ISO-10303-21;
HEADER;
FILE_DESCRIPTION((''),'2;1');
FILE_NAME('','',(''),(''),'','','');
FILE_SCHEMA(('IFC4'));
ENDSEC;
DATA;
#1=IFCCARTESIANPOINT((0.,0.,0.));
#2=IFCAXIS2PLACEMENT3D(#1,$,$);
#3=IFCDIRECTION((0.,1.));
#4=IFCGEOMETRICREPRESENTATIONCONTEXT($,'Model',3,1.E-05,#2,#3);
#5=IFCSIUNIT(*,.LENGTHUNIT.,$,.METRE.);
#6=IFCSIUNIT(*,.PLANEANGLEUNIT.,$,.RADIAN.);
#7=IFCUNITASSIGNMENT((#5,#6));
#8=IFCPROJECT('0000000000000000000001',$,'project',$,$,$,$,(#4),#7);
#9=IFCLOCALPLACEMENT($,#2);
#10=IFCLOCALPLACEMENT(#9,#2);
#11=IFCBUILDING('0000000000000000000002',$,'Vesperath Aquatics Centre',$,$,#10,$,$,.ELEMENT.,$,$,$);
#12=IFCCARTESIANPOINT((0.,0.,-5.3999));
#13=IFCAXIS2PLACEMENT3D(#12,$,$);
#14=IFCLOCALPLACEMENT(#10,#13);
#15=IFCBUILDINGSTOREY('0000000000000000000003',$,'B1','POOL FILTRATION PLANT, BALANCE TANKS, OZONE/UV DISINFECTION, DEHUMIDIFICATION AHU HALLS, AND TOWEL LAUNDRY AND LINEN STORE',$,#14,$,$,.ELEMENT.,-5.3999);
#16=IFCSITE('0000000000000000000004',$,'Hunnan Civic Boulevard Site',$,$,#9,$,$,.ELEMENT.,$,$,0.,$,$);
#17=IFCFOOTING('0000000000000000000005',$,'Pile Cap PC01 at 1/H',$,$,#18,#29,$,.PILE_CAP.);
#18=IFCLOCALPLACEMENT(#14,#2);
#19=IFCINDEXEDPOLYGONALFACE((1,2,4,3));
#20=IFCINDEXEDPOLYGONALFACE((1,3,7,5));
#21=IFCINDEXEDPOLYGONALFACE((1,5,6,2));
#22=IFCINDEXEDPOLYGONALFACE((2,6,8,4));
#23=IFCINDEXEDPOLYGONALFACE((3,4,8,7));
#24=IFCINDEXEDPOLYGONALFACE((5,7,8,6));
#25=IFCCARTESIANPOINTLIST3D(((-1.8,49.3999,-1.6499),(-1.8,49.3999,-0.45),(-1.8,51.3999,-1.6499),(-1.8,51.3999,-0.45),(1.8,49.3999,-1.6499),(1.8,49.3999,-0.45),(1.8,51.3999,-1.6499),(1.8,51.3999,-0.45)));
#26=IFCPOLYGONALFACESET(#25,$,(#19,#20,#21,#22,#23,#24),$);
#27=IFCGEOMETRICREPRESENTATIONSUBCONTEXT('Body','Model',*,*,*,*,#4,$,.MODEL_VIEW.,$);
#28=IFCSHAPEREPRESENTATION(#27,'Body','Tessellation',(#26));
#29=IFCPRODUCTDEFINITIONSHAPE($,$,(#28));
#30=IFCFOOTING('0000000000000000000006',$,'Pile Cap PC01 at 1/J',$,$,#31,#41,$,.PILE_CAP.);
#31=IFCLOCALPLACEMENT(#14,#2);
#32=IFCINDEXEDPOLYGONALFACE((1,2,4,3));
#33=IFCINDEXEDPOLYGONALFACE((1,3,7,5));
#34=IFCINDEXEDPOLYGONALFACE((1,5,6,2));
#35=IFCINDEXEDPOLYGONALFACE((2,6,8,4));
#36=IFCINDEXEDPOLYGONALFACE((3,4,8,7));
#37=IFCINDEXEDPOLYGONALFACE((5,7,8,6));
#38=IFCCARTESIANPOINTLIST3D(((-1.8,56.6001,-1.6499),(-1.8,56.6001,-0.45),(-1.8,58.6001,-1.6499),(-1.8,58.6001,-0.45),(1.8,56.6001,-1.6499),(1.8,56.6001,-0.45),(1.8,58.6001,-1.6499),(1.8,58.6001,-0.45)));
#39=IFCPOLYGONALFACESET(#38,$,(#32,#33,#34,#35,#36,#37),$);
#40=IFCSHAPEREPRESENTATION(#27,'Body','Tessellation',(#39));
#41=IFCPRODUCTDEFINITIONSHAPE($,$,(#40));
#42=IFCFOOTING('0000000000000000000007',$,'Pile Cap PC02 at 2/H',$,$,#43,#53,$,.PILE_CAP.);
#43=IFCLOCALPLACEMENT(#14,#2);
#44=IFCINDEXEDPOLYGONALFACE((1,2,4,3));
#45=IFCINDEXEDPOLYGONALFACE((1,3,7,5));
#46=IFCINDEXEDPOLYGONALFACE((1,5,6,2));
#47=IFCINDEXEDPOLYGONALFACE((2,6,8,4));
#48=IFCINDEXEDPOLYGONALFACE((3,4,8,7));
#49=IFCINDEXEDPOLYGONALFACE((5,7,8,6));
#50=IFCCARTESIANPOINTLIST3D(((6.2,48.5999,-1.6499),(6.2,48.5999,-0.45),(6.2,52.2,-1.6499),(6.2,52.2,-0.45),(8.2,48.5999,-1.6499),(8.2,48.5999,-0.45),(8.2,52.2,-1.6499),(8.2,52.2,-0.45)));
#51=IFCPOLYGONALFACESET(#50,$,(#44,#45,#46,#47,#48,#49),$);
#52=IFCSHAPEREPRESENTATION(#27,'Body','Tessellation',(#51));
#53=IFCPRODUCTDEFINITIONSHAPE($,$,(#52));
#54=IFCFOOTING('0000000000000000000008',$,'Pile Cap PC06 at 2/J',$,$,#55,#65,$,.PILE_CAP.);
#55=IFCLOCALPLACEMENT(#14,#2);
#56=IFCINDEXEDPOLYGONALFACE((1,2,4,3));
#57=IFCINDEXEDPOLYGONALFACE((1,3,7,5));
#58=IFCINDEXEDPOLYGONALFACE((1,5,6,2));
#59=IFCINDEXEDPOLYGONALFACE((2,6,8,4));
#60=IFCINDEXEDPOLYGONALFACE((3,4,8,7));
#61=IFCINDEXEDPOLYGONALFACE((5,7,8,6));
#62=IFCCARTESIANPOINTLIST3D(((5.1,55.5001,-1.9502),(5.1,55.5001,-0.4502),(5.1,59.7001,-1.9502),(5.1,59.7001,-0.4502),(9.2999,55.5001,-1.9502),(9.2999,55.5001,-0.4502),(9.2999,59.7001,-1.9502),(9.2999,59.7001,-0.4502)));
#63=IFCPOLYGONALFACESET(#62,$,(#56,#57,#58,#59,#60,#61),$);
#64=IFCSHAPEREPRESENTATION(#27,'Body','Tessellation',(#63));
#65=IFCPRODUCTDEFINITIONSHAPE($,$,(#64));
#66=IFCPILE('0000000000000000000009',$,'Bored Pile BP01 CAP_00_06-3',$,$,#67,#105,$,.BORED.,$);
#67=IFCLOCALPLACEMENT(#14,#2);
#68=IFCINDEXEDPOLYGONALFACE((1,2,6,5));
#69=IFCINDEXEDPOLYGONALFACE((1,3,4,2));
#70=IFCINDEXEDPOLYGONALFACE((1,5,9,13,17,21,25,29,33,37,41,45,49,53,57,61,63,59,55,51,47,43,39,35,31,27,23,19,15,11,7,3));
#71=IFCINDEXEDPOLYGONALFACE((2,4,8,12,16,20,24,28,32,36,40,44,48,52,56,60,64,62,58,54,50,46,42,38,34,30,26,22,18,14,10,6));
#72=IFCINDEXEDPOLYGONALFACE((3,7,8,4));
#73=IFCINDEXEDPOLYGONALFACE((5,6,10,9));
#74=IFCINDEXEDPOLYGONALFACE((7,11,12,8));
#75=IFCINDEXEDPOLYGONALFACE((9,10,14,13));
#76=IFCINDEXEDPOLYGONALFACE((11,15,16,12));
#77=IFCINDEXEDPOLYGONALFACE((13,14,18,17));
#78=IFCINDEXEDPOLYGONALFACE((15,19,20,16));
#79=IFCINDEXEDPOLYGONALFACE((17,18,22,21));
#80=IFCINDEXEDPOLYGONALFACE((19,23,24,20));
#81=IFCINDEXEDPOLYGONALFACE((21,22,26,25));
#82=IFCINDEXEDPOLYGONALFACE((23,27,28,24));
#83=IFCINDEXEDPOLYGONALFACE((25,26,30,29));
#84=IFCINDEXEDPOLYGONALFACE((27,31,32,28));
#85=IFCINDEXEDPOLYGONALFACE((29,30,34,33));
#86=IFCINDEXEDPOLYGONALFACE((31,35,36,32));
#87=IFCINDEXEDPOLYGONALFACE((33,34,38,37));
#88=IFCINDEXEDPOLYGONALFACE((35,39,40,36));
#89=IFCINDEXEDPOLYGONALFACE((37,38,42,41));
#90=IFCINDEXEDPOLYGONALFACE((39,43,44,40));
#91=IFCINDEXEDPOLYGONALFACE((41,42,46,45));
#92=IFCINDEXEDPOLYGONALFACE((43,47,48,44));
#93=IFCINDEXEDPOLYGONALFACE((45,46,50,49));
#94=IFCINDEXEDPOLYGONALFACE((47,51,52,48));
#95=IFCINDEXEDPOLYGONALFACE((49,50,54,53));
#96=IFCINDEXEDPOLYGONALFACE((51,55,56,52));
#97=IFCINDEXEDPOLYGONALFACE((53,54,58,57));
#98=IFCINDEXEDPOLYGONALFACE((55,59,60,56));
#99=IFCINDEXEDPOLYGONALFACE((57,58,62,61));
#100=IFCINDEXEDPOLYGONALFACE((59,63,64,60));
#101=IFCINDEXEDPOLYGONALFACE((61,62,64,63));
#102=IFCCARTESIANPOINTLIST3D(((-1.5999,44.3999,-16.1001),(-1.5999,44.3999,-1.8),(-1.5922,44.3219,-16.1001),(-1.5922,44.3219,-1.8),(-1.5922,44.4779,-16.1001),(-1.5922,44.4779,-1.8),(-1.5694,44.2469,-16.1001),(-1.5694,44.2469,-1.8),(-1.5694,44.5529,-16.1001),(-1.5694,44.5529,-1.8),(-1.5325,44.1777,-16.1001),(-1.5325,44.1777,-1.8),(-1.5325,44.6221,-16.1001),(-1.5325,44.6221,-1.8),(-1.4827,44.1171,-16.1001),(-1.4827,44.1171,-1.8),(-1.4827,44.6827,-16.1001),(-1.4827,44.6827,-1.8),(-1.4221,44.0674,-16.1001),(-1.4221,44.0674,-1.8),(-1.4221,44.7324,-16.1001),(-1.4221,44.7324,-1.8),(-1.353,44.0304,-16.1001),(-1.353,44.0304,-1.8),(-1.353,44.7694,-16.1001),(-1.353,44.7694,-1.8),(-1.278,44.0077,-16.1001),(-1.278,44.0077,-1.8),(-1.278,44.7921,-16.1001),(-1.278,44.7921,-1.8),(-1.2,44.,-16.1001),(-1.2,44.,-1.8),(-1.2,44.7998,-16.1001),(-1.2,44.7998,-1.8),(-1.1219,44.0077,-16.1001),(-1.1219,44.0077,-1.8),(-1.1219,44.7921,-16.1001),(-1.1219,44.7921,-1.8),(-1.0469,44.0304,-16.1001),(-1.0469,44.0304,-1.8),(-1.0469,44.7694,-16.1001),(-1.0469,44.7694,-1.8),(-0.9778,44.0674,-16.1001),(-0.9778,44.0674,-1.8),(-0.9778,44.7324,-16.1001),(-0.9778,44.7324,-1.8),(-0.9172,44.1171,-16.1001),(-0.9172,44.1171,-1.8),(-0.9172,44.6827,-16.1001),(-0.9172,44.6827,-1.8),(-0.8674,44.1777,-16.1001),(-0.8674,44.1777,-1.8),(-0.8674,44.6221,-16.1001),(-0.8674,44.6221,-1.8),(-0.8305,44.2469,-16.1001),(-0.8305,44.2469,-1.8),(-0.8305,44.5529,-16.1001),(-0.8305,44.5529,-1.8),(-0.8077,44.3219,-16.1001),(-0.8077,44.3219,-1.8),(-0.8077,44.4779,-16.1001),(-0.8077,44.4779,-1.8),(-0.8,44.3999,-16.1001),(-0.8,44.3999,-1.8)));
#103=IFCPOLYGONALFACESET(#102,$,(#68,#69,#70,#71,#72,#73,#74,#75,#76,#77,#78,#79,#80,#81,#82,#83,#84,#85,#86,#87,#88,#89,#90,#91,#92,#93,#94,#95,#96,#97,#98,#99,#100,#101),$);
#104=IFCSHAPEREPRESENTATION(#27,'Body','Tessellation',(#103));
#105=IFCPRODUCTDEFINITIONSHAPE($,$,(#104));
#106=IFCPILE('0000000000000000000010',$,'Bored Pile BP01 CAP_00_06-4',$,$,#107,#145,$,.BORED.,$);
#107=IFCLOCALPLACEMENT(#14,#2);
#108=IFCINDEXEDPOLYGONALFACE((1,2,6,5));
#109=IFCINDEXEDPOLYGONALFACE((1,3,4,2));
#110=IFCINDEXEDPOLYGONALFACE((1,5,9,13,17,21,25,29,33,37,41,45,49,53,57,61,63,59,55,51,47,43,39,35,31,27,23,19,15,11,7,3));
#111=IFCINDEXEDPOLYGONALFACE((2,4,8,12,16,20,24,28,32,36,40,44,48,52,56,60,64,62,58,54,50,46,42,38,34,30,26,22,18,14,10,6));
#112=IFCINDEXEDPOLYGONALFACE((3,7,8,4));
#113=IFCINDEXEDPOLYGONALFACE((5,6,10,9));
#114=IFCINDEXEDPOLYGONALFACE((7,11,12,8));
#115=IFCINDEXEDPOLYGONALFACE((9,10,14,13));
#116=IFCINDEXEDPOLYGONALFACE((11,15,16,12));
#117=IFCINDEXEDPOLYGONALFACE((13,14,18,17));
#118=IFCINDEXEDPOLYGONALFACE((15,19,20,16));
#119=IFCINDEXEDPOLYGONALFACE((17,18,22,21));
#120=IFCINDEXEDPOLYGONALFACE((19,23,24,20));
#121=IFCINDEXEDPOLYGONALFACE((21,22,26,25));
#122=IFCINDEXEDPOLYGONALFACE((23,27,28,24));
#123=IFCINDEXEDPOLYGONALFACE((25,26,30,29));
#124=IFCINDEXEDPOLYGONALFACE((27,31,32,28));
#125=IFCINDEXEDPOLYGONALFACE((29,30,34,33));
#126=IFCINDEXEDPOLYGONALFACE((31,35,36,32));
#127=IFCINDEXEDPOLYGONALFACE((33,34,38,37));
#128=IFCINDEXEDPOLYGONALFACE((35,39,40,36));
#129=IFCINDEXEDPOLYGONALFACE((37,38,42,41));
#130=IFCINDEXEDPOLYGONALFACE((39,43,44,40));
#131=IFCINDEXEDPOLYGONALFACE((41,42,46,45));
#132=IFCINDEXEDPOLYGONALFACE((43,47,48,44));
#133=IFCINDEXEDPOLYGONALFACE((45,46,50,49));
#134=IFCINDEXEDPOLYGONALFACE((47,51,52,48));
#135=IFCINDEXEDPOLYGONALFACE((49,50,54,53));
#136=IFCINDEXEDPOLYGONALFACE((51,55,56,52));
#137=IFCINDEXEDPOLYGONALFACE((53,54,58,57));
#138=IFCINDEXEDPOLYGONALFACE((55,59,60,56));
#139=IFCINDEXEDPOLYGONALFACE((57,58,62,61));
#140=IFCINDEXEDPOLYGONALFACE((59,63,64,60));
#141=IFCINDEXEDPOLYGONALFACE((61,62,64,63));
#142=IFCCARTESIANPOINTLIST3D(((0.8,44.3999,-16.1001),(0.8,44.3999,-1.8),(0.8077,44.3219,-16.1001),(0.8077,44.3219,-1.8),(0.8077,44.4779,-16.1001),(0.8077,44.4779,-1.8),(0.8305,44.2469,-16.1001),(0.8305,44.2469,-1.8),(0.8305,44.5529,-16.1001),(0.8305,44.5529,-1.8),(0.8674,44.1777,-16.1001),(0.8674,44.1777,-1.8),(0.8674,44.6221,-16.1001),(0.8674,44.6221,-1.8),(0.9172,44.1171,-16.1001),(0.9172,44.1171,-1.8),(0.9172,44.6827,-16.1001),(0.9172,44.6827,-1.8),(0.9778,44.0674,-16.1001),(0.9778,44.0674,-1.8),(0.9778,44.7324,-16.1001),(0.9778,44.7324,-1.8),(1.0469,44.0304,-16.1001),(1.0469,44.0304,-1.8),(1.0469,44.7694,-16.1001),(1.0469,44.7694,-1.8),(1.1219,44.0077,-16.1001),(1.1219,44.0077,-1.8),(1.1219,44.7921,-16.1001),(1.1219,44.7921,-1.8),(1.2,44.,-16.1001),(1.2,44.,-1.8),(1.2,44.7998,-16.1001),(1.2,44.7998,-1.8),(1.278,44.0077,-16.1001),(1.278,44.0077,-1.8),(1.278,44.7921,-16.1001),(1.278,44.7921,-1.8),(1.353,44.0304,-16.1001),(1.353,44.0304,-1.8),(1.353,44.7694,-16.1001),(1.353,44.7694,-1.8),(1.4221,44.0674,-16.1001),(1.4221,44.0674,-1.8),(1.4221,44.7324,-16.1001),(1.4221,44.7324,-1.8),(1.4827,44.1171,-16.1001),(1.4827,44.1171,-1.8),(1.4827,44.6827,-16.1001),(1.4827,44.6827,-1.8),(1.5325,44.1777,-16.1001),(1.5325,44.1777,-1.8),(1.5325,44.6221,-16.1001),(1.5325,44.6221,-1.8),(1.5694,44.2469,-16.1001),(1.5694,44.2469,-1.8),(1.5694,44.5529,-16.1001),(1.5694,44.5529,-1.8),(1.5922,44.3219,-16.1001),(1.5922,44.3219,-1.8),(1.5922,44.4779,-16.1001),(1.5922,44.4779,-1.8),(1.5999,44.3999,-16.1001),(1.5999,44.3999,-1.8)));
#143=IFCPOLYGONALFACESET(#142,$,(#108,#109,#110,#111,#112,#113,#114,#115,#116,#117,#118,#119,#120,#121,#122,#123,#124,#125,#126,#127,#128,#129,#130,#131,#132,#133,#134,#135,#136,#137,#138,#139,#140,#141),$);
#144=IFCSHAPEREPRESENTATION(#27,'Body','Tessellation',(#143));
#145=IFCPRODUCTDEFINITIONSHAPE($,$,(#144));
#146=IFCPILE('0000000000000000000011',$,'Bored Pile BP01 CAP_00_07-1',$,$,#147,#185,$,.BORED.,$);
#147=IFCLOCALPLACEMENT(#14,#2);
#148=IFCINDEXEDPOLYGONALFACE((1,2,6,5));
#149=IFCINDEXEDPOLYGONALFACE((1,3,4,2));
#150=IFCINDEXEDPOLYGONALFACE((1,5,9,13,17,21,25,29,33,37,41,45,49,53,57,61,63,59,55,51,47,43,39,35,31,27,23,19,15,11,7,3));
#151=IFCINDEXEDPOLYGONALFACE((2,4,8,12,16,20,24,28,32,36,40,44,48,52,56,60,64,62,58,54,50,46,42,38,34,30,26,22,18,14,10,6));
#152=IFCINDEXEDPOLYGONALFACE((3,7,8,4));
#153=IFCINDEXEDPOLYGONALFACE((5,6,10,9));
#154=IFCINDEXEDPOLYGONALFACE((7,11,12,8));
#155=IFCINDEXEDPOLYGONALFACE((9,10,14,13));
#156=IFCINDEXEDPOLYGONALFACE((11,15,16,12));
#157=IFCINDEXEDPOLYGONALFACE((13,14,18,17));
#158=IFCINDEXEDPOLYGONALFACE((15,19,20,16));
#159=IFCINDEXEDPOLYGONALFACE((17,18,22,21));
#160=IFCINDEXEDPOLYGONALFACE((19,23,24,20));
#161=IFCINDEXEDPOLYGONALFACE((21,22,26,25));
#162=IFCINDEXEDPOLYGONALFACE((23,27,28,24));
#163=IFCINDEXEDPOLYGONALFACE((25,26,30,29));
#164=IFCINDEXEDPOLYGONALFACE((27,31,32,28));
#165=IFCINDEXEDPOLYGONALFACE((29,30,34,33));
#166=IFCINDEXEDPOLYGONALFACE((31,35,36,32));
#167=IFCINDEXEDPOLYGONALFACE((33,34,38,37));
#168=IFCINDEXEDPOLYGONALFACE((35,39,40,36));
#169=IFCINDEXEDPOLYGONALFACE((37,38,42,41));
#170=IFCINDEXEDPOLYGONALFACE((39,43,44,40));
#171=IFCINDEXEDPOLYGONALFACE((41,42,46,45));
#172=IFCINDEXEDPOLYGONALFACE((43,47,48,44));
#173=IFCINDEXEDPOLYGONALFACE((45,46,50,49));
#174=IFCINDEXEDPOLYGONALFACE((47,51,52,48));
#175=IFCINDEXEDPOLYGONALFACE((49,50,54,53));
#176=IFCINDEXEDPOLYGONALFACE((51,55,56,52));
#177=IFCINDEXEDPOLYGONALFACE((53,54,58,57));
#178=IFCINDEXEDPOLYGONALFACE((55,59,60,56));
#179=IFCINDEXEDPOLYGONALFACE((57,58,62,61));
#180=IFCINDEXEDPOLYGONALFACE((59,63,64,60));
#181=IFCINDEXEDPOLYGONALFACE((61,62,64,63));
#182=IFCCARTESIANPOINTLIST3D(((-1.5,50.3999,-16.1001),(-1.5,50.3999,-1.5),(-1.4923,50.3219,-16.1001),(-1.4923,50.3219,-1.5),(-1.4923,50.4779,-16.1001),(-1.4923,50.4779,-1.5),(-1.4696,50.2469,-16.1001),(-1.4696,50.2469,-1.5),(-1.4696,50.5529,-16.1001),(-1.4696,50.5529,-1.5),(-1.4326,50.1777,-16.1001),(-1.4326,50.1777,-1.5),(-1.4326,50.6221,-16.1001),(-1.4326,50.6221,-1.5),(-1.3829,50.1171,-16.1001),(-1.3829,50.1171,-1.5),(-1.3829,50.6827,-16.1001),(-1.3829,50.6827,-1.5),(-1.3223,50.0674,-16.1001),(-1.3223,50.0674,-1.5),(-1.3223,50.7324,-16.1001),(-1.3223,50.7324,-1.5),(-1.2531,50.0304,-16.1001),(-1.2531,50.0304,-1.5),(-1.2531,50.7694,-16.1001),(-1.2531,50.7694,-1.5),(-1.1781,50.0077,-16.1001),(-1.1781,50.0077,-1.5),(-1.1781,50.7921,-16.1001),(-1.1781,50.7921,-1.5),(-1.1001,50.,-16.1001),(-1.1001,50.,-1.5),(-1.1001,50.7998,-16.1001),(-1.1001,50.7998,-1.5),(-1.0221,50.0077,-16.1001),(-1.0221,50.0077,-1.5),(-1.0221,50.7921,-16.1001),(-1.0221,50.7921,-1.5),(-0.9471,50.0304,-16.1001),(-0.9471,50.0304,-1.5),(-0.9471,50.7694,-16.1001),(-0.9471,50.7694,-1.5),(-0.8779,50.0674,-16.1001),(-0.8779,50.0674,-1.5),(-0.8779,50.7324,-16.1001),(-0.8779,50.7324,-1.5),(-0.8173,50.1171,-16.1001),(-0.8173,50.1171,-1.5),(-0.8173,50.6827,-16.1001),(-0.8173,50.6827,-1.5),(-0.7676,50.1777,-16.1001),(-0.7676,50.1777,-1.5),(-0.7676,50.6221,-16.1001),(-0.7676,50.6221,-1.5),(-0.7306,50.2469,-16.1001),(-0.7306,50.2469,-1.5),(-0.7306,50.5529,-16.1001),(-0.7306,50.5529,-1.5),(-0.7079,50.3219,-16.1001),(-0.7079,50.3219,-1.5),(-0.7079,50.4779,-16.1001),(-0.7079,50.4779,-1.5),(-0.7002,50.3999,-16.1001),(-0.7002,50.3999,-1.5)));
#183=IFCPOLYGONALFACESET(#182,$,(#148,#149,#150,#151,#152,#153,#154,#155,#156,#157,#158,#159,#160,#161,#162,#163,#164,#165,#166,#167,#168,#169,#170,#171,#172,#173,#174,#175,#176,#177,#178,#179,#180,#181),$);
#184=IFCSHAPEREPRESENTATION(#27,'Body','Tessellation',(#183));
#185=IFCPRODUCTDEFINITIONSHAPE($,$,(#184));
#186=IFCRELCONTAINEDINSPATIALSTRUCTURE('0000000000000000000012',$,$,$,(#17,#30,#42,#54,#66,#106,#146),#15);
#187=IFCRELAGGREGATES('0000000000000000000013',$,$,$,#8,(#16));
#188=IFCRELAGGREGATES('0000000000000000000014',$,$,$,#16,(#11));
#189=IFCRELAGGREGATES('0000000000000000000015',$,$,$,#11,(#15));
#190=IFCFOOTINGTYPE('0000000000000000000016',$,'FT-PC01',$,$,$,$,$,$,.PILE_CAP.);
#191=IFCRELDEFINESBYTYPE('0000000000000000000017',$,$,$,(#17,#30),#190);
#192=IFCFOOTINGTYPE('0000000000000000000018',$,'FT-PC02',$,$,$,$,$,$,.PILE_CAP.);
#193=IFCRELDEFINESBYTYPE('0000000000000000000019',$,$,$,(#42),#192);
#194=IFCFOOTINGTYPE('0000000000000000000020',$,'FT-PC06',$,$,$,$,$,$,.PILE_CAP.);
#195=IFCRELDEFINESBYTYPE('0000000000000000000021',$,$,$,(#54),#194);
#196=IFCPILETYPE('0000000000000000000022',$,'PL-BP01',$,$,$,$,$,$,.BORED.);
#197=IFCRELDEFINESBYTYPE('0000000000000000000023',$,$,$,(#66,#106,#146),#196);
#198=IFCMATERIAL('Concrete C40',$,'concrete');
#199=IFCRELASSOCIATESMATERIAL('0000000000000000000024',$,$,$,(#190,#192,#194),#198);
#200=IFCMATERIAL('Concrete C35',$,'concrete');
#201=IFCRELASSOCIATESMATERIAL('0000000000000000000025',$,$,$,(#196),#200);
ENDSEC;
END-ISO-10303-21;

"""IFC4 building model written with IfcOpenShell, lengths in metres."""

from ifc_helpers import new_model, si_unit, direction, frame, origin, origin_2d, place, context, subcontext, project, spatial, rectangle, circle, extrude, material, material_profile, profile_set, type_object, element, save


model = new_model("IFC4")

# Units and contexts
model_context = context("Model", 3, precision=1e-05, world=origin(), true_north=direction((0.0, 1.0)))
body_context = subcontext(model_context, "Body", "Model", "MODEL_VIEW")
ifc_project = project(units=[si_unit("LENGTHUNIT", "METRE"), si_unit("PLANEANGLEUNIT", "RADIAN")], contexts=[model_context])

# Site, building, storey
site_placement = place(None, origin())
site = spatial("IfcSite", under=ifc_project, at=site_placement, Name="Hunnan Civic Boulevard Site", CompositionType="ELEMENT", RefElevation=0.0)
building_placement = place(site_placement, origin())
building = spatial("IfcBuilding", under=site, at=building_placement, Name="Vesperath Aquatics Centre", CompositionType="ELEMENT")
storey_placement = place(building_placement, frame((0.0, 0.0, -5.3999)))
storey = spatial("IfcBuildingStorey", under=building, at=storey_placement, Name="B1", Description="POOL FILTRATION PLANT, BALANCE TANKS, OZONE/UV DISINFECTION, DEHUMIDIFICATION AHU HALLS, AND TOWEL LAUNDRY AND LINEN STORE", CompositionType="ELEMENT", Elevation=-5.3999)

# Footings
ifc_material_1 = material(Name="Concrete C40", Category="concrete")
footing_type_1 = type_object("IfcFootingType", Name="FT-PC01", PredefinedType="PILE_CAP", material=ifc_material_1)
for number, where, z_axis, x_axis, name in (
    (1, (0.0, 50.3999, -1.6499), (0.0, 0.0, 1.0), (1.0, 0.0, 0.0), "Pile Cap PC01 at 1/H"),
    (2, (0.0, 57.6001, -1.6499), (0.0, 0.0, 1.0), (1.0, 0.0, 0.0), "Pile Cap PC01 at 1/J"),
):
    element("IfcFooting", number, at=place(storey_placement, frame(where, z_axis=z_axis, x_axis=x_axis)), inside=storey, type_object=footing_type_1, Name=name, PredefinedType="PILE_CAP", context=body_context, shape_type="SweptSolid", body=[
        extrude(rectangle(XDim=3.6001, YDim=2.0, at=origin_2d()), origin(), (0.0, 0.0, 1.0), 1.2),
    ])
footing_type_2 = type_object("IfcFootingType", Name="FT-PC02", PredefinedType="PILE_CAP", material=ifc_material_1)
footing_1_placement = place(storey_placement, frame((7.2, 50.3999, -1.6499), z_axis=(0.0, 0.0, 1.0), x_axis=(1.0, 0.0, 0.0)))
element("IfcFooting", 3, at=footing_1_placement, inside=storey, type_object=footing_type_2, Name="Pile Cap PC02 at 2/H", PredefinedType="PILE_CAP", context=body_context, shape_type="SweptSolid", body=[
    extrude(rectangle(XDim=2.0, YDim=3.6001, at=origin_2d()), origin(), (0.0, 0.0, 1.0), 1.2),
])
footing_type_3 = type_object("IfcFootingType", Name="FT-PC06", PredefinedType="PILE_CAP", material=ifc_material_1)
footing_2_placement = place(storey_placement, frame((7.2, 57.6001, -1.9502), z_axis=(0.0, 0.0, 1.0), x_axis=(1.0, 0.0, 0.0)))
element("IfcFooting", 4, at=footing_2_placement, inside=storey, type_object=footing_type_3, Name="Pile Cap PC06 at 2/J", PredefinedType="PILE_CAP", context=body_context, shape_type="SweptSolid", body=[
    extrude(rectangle(XDim=4.2, YDim=4.2, at=origin_2d()), origin(), (0.0, 0.0, 1.0), 1.5),
])

# Piles
ifc_material_2 = material(Name="Concrete C35", Category="concrete")
ifc_material_profile_1 = material_profile(ifc_material_2, circle(Radius=0.3999, at=origin_2d()), Name="PILE D800")
ifc_profile_set_1 = profile_set([ifc_material_profile_1], Name="Concrete C35")
pile_type = type_object("IfcPileType", Name="PL-BP01", PredefinedType="BORED", material=ifc_profile_set_1)
for number, where, z_axis, x_axis, name in (
    (5, (-1.2, 44.3999, -1.8), (0.0, 0.0, -1.0), (1.0, 0.0, 0.0), "Bored Pile BP01 CAP_00_06-3"),
    (6, (1.2, 44.3999, -1.8), (0.0, 0.0, -1.0), (1.0, 0.0, 0.0), "Bored Pile BP01 CAP_00_06-4"),
):
    element("IfcPile", number, at=place(storey_placement, frame(where, z_axis=z_axis, x_axis=x_axis)), inside=storey, type_object=pile_type, Name=name, PredefinedType="BORED", context=body_context, shape_type="SweptSolid", body=[
        extrude(circle(Radius=0.3999, at=origin_2d()), origin(), (0.0, 0.0, 1.0), 14.3),
    ])
for number, where, z_axis, x_axis, name in (
    (7, (-1.1001, 50.3999, -1.5), (0.0, 0.0, -1.0), (1.0, 0.0, 0.0), "Bored Pile BP01 CAP_00_07-1"),
):
    element("IfcPile", number, at=place(storey_placement, frame(where, z_axis=z_axis, x_axis=x_axis)), inside=storey, type_object=pile_type, Name=name, PredefinedType="BORED", context=body_context, shape_type="SweptSolid", body=[
        extrude(circle(Radius=0.3999, at=origin_2d()), origin(), (0.0, 0.0, 1.0), 14.6001),
    ])

save(model, "model.ifc")
